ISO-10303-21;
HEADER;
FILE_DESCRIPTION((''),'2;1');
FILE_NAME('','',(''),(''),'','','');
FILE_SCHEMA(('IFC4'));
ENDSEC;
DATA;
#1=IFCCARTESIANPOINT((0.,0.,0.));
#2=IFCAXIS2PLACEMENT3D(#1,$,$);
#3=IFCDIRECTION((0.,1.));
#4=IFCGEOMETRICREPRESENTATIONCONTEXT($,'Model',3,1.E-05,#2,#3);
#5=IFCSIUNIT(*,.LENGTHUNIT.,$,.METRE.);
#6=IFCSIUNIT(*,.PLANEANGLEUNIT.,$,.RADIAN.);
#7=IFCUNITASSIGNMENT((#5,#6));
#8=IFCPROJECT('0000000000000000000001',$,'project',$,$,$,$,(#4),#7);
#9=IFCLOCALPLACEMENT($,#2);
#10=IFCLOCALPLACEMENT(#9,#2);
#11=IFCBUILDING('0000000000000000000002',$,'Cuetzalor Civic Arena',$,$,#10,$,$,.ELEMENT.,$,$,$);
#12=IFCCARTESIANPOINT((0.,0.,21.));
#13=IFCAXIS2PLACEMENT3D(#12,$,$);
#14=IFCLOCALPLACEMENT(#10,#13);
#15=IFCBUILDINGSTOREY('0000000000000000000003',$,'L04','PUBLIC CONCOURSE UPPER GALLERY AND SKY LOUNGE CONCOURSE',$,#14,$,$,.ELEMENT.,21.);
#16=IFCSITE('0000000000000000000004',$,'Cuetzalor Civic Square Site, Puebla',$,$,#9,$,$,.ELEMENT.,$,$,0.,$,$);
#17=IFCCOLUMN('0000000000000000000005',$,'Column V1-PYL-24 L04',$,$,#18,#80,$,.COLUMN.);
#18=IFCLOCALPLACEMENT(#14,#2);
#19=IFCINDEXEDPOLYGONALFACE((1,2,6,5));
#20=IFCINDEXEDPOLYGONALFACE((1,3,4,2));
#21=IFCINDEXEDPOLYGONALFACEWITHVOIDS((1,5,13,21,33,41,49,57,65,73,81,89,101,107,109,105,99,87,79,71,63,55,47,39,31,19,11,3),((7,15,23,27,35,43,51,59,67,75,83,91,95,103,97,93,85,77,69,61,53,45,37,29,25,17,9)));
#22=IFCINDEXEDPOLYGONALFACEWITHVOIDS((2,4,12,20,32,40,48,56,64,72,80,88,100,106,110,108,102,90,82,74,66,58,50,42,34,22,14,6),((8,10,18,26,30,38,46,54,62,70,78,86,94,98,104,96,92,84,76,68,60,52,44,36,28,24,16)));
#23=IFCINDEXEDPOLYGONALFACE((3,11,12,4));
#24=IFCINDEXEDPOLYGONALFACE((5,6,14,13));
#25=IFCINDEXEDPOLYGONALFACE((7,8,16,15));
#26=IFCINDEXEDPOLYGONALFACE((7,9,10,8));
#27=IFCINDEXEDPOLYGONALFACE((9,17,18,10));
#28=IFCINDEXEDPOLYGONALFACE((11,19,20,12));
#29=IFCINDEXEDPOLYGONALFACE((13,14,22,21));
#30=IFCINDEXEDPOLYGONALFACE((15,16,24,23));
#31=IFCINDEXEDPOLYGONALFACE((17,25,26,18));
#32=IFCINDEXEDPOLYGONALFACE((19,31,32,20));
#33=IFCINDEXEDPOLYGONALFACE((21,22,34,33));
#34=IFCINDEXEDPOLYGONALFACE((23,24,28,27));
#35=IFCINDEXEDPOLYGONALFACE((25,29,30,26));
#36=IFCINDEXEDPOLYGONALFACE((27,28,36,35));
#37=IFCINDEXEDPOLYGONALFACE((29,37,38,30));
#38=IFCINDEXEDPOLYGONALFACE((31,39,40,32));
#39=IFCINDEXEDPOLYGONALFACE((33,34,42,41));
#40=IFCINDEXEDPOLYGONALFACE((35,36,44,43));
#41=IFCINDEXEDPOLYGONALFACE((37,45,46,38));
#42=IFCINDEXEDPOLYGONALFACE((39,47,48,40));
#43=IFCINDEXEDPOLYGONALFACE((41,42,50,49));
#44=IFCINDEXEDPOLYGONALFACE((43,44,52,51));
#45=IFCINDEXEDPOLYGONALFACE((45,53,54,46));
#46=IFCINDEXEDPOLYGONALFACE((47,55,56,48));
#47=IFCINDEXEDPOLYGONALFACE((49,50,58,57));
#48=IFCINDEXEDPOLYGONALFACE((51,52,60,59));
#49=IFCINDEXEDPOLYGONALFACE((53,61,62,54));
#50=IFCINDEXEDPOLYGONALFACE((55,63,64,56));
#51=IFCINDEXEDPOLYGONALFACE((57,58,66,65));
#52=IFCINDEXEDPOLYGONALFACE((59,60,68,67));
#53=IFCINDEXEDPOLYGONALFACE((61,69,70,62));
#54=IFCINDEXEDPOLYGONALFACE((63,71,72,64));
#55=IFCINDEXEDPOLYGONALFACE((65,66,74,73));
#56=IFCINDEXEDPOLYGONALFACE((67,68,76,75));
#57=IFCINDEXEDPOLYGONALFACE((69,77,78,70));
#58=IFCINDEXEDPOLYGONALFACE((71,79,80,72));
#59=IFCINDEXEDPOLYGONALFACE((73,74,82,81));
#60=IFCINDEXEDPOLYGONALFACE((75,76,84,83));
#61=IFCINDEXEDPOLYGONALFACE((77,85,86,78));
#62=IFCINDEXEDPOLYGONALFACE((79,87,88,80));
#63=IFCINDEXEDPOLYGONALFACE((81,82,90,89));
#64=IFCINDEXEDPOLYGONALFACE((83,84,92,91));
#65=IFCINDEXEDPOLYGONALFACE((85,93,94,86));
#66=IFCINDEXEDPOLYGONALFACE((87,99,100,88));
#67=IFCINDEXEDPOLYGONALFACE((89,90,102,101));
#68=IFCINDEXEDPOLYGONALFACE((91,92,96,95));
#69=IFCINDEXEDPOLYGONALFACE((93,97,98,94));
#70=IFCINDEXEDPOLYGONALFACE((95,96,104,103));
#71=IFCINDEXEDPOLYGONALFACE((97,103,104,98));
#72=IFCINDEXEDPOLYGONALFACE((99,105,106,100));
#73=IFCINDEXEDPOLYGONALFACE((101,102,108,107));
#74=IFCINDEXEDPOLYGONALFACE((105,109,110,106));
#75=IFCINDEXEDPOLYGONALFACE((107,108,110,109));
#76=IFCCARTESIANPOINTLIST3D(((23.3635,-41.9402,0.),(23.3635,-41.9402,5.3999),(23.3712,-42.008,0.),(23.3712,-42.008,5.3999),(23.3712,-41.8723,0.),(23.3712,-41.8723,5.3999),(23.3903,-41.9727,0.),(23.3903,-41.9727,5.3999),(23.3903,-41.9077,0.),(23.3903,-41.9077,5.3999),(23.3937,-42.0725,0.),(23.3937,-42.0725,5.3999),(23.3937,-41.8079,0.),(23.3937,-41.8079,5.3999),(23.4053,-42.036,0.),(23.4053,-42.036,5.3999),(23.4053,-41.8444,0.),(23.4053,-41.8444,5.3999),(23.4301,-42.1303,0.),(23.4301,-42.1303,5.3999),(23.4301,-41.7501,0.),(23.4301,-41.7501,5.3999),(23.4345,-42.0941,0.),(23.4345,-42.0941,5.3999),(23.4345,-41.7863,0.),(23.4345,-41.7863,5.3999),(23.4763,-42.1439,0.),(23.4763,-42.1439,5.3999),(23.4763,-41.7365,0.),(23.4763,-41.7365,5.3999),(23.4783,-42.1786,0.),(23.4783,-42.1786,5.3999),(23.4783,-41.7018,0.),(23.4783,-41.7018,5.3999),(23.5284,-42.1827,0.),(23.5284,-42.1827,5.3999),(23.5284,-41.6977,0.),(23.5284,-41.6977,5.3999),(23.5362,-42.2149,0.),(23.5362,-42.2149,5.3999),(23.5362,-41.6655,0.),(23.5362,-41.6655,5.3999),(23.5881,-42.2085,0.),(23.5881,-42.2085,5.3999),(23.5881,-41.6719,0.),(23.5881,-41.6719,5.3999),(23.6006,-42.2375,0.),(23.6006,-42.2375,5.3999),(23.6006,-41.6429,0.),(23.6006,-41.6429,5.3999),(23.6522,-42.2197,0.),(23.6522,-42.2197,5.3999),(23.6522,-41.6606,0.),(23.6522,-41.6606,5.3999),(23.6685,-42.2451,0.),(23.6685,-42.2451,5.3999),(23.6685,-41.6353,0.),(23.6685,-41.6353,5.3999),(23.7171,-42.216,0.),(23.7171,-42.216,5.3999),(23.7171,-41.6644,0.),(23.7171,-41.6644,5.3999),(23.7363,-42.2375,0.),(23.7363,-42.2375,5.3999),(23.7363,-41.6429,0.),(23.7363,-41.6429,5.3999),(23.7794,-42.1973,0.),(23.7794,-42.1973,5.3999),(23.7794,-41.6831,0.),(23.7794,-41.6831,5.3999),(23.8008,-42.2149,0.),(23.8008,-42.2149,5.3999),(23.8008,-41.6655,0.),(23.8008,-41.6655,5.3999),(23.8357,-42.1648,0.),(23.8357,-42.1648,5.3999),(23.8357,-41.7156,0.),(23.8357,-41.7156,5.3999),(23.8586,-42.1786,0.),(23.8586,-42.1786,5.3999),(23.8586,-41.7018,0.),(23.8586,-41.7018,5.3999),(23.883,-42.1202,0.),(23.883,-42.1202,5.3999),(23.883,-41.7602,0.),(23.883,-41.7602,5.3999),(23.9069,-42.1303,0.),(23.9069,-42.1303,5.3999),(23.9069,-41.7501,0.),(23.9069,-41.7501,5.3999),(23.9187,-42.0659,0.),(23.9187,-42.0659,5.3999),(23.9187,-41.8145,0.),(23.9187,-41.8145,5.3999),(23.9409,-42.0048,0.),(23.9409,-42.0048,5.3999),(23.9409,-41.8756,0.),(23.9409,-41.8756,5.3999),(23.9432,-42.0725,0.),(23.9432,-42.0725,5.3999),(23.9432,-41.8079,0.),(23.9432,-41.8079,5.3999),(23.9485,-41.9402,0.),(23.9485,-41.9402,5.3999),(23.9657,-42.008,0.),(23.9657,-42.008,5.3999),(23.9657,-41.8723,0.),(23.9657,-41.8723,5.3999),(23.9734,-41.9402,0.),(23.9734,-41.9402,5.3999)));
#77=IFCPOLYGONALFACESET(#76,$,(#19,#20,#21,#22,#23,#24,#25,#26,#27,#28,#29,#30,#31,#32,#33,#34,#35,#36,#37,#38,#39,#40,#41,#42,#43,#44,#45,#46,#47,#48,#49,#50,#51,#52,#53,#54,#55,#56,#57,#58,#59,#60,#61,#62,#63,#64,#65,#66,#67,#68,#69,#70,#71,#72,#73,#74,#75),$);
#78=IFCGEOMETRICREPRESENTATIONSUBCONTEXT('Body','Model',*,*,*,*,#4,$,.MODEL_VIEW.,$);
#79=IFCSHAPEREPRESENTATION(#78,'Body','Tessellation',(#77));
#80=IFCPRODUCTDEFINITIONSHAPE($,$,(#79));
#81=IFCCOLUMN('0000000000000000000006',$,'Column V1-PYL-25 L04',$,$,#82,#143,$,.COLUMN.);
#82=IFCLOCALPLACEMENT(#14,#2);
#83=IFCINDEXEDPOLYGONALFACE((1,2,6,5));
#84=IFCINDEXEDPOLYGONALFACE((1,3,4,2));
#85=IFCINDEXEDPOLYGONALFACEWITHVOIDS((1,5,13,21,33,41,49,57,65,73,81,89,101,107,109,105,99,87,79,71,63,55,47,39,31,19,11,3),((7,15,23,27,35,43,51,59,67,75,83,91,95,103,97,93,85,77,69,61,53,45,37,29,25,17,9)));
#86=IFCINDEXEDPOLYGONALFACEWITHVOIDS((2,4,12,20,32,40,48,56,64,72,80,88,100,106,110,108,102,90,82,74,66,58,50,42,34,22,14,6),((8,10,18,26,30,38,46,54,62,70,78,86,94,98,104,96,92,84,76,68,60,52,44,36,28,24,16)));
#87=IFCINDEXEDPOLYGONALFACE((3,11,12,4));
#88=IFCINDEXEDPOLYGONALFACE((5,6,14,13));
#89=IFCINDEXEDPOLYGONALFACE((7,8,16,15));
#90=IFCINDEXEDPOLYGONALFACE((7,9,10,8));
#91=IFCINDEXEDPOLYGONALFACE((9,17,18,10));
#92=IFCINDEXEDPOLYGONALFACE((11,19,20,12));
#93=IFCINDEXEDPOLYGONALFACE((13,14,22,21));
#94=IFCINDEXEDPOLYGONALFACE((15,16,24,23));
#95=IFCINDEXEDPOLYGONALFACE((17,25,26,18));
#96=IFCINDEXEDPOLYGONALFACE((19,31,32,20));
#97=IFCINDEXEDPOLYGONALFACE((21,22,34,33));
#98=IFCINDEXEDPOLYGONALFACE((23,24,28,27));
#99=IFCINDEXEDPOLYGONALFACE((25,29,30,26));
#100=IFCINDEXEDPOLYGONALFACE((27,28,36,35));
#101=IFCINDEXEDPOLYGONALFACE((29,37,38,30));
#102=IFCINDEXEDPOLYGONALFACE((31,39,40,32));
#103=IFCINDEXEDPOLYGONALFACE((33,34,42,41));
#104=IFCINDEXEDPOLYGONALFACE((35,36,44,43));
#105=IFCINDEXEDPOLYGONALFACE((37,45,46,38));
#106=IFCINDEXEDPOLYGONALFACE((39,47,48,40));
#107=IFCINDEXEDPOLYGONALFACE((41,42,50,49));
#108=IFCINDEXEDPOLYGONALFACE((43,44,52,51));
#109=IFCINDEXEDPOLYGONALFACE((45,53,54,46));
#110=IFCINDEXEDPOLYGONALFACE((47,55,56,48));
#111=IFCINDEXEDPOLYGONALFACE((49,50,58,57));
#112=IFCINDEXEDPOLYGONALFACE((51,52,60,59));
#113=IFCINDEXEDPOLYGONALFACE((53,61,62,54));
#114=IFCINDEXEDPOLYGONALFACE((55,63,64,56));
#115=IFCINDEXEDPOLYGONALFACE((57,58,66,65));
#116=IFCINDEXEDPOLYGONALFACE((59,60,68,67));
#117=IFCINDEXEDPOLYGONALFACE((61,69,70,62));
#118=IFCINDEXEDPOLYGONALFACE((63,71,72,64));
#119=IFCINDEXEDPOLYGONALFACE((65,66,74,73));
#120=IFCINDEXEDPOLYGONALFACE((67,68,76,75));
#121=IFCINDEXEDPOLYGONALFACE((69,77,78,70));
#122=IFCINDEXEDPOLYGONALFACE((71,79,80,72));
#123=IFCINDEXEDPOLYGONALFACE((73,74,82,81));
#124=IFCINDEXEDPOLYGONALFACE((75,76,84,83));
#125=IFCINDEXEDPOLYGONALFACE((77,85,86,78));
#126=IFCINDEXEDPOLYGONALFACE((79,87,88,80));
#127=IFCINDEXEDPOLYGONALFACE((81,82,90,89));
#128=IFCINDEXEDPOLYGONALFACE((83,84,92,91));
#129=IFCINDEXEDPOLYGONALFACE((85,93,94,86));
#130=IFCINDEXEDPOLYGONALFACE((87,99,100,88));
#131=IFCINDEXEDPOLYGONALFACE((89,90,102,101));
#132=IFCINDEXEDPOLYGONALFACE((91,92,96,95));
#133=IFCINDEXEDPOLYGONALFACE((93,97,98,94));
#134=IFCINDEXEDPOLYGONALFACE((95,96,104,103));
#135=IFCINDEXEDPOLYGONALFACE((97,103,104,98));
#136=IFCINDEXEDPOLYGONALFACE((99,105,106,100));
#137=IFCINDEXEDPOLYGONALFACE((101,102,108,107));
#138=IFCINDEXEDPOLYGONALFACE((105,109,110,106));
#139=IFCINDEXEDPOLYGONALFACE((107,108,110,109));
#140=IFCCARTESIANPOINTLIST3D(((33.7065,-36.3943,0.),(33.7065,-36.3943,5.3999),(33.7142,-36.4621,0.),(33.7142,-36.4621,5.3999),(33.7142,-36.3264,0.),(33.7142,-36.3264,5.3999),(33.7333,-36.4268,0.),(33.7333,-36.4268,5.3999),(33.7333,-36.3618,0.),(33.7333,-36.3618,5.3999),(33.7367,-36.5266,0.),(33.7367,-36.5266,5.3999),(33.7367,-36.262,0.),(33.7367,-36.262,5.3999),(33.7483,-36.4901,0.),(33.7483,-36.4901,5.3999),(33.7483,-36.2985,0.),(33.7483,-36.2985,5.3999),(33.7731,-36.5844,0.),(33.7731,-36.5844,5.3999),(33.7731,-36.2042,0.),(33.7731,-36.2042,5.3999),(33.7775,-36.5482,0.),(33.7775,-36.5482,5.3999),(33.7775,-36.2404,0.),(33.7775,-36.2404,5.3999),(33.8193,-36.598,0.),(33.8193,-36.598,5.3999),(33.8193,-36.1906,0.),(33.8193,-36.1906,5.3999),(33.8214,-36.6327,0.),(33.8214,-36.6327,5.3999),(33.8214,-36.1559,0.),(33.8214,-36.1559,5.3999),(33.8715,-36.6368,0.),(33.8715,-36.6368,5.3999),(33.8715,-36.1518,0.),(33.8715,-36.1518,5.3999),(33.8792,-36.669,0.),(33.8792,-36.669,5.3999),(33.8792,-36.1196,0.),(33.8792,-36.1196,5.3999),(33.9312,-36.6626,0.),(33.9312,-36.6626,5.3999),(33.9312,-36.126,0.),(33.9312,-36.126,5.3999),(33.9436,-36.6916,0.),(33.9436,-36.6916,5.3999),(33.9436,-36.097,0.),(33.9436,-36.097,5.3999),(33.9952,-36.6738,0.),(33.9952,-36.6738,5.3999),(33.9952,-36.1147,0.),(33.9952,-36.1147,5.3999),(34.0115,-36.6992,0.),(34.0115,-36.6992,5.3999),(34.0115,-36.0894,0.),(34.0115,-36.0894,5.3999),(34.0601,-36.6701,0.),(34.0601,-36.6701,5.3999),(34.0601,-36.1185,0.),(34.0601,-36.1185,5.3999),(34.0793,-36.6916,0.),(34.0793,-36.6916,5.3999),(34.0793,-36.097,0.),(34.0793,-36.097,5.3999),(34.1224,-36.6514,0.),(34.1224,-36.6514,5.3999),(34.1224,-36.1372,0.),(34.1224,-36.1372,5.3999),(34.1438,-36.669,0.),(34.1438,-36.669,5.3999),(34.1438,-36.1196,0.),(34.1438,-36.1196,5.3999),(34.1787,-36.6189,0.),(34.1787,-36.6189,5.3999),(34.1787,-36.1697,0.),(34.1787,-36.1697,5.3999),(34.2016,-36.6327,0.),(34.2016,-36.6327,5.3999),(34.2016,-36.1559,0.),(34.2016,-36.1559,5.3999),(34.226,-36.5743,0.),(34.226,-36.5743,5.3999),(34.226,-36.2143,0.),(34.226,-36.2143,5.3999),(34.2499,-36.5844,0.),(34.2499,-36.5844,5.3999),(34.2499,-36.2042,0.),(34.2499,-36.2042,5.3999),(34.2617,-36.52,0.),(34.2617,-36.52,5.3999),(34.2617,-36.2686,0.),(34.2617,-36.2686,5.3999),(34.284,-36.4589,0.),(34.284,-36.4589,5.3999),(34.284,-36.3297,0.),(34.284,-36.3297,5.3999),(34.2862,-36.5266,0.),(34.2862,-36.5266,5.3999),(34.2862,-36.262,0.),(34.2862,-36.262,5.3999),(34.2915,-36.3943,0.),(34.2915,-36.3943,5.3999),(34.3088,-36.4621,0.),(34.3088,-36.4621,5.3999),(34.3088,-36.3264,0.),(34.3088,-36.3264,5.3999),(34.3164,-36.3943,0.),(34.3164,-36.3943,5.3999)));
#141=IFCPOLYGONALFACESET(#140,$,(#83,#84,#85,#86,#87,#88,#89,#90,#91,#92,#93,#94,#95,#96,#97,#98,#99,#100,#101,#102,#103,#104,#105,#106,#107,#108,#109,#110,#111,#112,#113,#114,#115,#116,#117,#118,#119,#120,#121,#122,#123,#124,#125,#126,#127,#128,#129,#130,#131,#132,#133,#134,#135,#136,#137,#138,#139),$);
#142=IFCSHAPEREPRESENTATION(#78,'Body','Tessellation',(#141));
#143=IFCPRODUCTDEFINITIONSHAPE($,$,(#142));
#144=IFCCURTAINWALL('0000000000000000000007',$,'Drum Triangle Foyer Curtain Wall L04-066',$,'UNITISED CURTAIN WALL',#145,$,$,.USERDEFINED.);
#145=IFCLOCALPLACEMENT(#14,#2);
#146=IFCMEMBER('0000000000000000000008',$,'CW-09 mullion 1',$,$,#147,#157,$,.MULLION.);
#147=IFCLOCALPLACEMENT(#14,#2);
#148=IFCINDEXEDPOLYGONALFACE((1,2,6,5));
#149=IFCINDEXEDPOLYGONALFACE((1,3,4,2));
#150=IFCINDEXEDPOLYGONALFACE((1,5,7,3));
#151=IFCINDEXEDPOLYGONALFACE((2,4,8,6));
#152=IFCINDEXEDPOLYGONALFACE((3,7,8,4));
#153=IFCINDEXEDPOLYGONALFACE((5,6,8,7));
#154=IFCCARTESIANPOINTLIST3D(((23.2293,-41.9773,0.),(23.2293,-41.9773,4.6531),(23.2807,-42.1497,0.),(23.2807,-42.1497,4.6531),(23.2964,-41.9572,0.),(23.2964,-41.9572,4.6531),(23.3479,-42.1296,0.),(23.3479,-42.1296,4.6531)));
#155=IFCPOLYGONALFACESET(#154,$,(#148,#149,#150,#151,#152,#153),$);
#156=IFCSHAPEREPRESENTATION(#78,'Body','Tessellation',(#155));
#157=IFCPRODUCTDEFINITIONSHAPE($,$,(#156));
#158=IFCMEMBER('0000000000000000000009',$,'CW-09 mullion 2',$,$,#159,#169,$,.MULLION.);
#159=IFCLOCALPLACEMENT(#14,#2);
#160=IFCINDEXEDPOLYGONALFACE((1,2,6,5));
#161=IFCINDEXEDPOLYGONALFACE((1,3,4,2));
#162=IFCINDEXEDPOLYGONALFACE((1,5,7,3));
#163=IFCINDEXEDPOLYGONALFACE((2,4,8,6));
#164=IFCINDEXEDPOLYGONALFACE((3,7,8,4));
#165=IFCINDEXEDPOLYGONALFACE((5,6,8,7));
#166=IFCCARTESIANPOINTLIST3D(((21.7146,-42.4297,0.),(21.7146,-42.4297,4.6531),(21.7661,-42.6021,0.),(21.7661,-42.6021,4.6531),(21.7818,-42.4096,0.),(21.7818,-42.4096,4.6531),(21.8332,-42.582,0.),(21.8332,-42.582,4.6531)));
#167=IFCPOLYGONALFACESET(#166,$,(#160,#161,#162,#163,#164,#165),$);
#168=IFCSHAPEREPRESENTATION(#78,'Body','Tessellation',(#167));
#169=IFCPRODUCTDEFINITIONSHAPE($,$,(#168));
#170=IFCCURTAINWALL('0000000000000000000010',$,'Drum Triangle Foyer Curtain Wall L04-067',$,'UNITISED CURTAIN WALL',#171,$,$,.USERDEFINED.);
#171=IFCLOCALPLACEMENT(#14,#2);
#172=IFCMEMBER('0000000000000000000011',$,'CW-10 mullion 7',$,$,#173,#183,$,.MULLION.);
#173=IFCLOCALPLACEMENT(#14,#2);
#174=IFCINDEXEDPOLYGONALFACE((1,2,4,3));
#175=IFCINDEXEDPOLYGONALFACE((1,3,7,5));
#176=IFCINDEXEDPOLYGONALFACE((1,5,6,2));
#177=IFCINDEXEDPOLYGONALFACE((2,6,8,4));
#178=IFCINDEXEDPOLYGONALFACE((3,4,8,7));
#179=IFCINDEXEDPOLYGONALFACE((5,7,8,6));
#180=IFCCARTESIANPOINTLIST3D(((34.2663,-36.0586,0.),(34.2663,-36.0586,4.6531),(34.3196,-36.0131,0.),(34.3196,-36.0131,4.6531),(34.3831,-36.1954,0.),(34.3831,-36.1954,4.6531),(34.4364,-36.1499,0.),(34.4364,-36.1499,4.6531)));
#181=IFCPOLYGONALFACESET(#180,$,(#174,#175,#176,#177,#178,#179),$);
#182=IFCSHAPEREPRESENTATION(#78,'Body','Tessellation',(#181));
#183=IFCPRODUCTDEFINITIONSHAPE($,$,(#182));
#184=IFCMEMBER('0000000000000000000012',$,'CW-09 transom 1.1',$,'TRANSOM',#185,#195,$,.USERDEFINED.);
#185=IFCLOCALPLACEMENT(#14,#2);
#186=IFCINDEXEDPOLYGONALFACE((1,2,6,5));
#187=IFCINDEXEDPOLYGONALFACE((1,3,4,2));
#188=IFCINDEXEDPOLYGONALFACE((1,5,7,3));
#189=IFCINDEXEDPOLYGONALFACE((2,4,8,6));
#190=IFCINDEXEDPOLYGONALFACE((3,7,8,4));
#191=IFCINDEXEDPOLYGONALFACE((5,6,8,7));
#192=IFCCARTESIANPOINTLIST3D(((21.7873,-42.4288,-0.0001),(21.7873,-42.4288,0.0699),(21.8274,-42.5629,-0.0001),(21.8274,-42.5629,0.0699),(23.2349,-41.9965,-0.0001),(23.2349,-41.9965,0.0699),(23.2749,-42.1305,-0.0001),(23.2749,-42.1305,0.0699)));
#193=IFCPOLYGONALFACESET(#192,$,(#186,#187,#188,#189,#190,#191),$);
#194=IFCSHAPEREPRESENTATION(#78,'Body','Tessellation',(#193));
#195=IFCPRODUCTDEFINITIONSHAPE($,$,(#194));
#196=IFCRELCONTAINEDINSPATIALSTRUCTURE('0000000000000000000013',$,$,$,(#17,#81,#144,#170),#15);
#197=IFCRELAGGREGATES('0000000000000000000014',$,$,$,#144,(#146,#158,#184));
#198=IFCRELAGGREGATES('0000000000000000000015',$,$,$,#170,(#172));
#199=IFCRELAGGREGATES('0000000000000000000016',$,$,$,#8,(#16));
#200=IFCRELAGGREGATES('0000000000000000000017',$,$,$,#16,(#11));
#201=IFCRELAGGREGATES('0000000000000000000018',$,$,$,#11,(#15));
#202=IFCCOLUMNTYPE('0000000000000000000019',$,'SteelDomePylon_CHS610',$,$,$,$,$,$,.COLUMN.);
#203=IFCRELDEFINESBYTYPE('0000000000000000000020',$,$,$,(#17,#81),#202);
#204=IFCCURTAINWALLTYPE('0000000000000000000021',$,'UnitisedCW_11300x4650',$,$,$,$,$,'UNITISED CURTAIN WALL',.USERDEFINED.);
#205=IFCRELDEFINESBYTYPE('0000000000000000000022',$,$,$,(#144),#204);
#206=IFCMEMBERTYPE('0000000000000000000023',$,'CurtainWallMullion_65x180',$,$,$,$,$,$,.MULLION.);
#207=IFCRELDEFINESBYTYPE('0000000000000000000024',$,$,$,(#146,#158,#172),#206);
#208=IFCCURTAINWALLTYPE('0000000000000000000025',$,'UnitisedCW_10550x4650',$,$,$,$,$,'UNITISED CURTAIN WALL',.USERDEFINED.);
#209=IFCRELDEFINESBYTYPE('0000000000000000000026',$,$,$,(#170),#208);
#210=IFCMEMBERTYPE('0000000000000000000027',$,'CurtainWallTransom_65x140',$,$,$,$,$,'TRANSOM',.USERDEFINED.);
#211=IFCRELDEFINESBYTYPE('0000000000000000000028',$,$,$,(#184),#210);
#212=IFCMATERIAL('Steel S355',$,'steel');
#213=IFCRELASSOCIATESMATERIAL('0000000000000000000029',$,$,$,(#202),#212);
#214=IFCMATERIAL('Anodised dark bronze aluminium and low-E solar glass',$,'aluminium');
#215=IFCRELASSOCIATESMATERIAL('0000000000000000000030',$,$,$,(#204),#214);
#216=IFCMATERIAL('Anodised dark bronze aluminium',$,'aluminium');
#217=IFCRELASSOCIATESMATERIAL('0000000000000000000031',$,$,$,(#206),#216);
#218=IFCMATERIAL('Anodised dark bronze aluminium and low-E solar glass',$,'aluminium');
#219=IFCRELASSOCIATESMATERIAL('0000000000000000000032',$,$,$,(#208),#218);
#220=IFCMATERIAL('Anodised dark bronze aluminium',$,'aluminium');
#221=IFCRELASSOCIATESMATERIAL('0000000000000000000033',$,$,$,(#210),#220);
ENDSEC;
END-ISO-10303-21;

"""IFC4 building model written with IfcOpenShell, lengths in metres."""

from ifc_helpers import new_model, si_unit, direction, frame, origin, origin_2d, place, context, subcontext, project, spatial, rectangle, hollow_circle, extrude, material, material_profile, profile_set, type_object, element, aggregate, save


model = new_model("IFC4")

# Units and contexts
model_context = context("Model", 3, precision=1e-05, world=origin(), true_north=direction((0.0, 1.0)))
body_context = subcontext(model_context, "Body", "Model", "MODEL_VIEW")
ifc_project = project(units=[si_unit("LENGTHUNIT", "METRE"), si_unit("PLANEANGLEUNIT", "RADIAN")], contexts=[model_context])

# Site, building, storey
site_placement = place(None, origin())
site = spatial("IfcSite", under=ifc_project, at=site_placement, Name="Cuetzalor Civic Square Site, Puebla", CompositionType="ELEMENT", RefElevation=0.0)
building_placement = place(site_placement, origin())
building = spatial("IfcBuilding", under=site, at=building_placement, Name="Cuetzalor Civic Arena", CompositionType="ELEMENT")
storey_placement = place(building_placement, frame((0.0, 0.0, 21.0)))
storey = spatial("IfcBuildingStorey", under=building, at=storey_placement, Name="L04", Description="PUBLIC CONCOURSE UPPER GALLERY AND SKY LOUNGE CONCOURSE", CompositionType="ELEMENT", Elevation=21.0)

# Columns
ifc_material_1 = material(Name="Steel S355", Category="steel")
ifc_material_profile_1 = material_profile(ifc_material_1, hollow_circle(Radius=0.3049, WallThickness=0.0249, at=origin_2d()), Name="CHS 610x25")
ifc_profile_set_1 = profile_set([ifc_material_profile_1], Name="Steel S355")
column_type = type_object("IfcColumnType", Name="SteelDomePylon_CHS610", PredefinedType="COLUMN", material=ifc_profile_set_1)
for number, where, z_axis, x_axis, name in (
    (1, (23.6685, -41.9402, 0.0), (0.0, 0.0, 1.0), (1.0, 0.0, 0.0), "Column V1-PYL-24 L04"),
    (2, (34.0115, -36.3943, 0.0), (0.0, 0.0, 1.0), (1.0, 0.0, 0.0), "Column V1-PYL-25 L04"),
):
    element("IfcColumn", number, at=place(storey_placement, frame(where, z_axis=z_axis, x_axis=x_axis)), inside=storey, type_object=column_type, Name=name, PredefinedType="COLUMN", context=body_context, shape_type="SweptSolid", body=[
        extrude(hollow_circle(Radius=0.3049, WallThickness=0.0249, at=origin_2d()), origin(), (0.0, 0.0, 1.0), 5.3999),
    ])

# Curtain wall, members
ifc_material_2 = material(Name="Anodised dark bronze aluminium and low-E solar glass", Category="aluminium")
curtain_wall_type_1 = type_object("IfcCurtainWallType", Name="UnitisedCW_11300x4650", ElementType="UNITISED CURTAIN WALL", PredefinedType="USERDEFINED", material=ifc_material_2)
curtain_wall_1_placement = place(storey_placement, origin())
curtain_wall_1 = element("IfcCurtainWall", 3, at=curtain_wall_1_placement, inside=storey, type_object=curtain_wall_type_1, Name="Drum Triangle Foyer Curtain Wall L04-066", ObjectType="UNITISED CURTAIN WALL", PredefinedType="USERDEFINED")
ifc_material_3 = material(Name="Anodised dark bronze aluminium", Category="aluminium")
ifc_material_profile_2 = material_profile(ifc_material_3, rectangle(XDim=0.0701, YDim=0.1799, at=origin_2d()), Name="ALU MULLION 70x180")
ifc_profile_set_2 = profile_set([ifc_material_profile_2], Name="Anodised dark bronze aluminium")
member_type_1 = type_object("IfcMemberType", Name="CurtainWallMullion_65x180", PredefinedType="MULLION", material=ifc_profile_set_2)
member_1_placement = place(storey_placement, frame((23.2886, -42.0535, 0.0), z_axis=(0.0, 0.0, 1.0), x_axis=(-0.958194, -0.28612, 0.0)))
member_1 = element("IfcMember", 4, at=member_1_placement, type_object=member_type_1, Name="CW-09 mullion 1", PredefinedType="MULLION", context=body_context, shape_type="SweptSolid", body=[
    extrude(rectangle(XDim=0.0701, YDim=0.1799, at=origin_2d()), origin(), (0.0, 0.0, 1.0), 4.6531),
])
member_2_placement = place(storey_placement, frame((21.7739, -42.5059, 0.0), z_axis=(0.0, 0.0, 1.0), x_axis=(-0.958194, -0.28612, 0.0)))
member_2 = element("IfcMember", 5, at=member_2_placement, type_object=member_type_1, Name="CW-09 mullion 2", PredefinedType="MULLION", context=body_context, shape_type="SweptSolid", body=[
    extrude(rectangle(XDim=0.0701, YDim=0.1799, at=origin_2d()), origin(), (0.0, 0.0, 1.0), 4.6531),
])

# Curtain wall, member
ifc_material_4 = material(Name="Anodised dark bronze aluminium and low-E solar glass", Category="aluminium")
curtain_wall_type_2 = type_object("IfcCurtainWallType", Name="UnitisedCW_10550x4650", ElementType="UNITISED CURTAIN WALL", PredefinedType="USERDEFINED", material=ifc_material_4)
curtain_wall_2_placement = place(storey_placement, origin())
curtain_wall_2 = element("IfcCurtainWall", 6, at=curtain_wall_2_placement, inside=storey, type_object=curtain_wall_type_2, Name="Drum Triangle Foyer Curtain Wall L04-067", ObjectType="UNITISED CURTAIN WALL", PredefinedType="USERDEFINED")
member_3_placement = place(storey_placement, frame((34.3513, -36.1042, 0.0), z_axis=(0.0, 0.0, 1.0), x_axis=(-0.760677, -0.64913, 0.0)))
member_3 = element("IfcMember", 7, at=member_3_placement, type_object=member_type_1, Name="CW-10 mullion 7", PredefinedType="MULLION", context=body_context, shape_type="SweptSolid", body=[
    extrude(rectangle(XDim=0.0701, YDim=0.1799, at=origin_2d()), origin(), (0.0, 0.0, 1.0), 4.6531),
])

# Member
ifc_material_5 = material(Name="Anodised dark bronze aluminium", Category="aluminium")
ifc_material_profile_3 = material_profile(ifc_material_5, rectangle(XDim=0.1399, YDim=0.0701, at=origin_2d()), Name="ALU TRANSOM 70x140")
ifc_profile_set_3 = profile_set([ifc_material_profile_3], Name="Anodised dark bronze aluminium")
member_type_2 = type_object("IfcMemberType", Name="CurtainWallTransom_65x140", ElementType="TRANSOM", PredefinedType="USERDEFINED", material=ifc_profile_set_3)
member_4_placement = place(storey_placement, frame((23.2549, -42.0635, 0.0349), z_axis=(-0.958168, -0.286206, 0.0), x_axis=(0.286206, -0.958168, 0.0)))
member_4 = element("IfcMember", 8, at=member_4_placement, type_object=member_type_2, Name="CW-09 transom 1.1", ObjectType="TRANSOM", PredefinedType="USERDEFINED", context=body_context, shape_type="SweptSolid", body=[
    extrude(rectangle(XDim=0.1399, YDim=0.0701, at=origin_2d()), origin(), (0.0, 0.0, 1.0), 1.5107),
])

aggregate(curtain_wall_1, [member_1, member_2, member_4])
aggregate(curtain_wall_2, [member_3])

save(model, "model.ifc")
